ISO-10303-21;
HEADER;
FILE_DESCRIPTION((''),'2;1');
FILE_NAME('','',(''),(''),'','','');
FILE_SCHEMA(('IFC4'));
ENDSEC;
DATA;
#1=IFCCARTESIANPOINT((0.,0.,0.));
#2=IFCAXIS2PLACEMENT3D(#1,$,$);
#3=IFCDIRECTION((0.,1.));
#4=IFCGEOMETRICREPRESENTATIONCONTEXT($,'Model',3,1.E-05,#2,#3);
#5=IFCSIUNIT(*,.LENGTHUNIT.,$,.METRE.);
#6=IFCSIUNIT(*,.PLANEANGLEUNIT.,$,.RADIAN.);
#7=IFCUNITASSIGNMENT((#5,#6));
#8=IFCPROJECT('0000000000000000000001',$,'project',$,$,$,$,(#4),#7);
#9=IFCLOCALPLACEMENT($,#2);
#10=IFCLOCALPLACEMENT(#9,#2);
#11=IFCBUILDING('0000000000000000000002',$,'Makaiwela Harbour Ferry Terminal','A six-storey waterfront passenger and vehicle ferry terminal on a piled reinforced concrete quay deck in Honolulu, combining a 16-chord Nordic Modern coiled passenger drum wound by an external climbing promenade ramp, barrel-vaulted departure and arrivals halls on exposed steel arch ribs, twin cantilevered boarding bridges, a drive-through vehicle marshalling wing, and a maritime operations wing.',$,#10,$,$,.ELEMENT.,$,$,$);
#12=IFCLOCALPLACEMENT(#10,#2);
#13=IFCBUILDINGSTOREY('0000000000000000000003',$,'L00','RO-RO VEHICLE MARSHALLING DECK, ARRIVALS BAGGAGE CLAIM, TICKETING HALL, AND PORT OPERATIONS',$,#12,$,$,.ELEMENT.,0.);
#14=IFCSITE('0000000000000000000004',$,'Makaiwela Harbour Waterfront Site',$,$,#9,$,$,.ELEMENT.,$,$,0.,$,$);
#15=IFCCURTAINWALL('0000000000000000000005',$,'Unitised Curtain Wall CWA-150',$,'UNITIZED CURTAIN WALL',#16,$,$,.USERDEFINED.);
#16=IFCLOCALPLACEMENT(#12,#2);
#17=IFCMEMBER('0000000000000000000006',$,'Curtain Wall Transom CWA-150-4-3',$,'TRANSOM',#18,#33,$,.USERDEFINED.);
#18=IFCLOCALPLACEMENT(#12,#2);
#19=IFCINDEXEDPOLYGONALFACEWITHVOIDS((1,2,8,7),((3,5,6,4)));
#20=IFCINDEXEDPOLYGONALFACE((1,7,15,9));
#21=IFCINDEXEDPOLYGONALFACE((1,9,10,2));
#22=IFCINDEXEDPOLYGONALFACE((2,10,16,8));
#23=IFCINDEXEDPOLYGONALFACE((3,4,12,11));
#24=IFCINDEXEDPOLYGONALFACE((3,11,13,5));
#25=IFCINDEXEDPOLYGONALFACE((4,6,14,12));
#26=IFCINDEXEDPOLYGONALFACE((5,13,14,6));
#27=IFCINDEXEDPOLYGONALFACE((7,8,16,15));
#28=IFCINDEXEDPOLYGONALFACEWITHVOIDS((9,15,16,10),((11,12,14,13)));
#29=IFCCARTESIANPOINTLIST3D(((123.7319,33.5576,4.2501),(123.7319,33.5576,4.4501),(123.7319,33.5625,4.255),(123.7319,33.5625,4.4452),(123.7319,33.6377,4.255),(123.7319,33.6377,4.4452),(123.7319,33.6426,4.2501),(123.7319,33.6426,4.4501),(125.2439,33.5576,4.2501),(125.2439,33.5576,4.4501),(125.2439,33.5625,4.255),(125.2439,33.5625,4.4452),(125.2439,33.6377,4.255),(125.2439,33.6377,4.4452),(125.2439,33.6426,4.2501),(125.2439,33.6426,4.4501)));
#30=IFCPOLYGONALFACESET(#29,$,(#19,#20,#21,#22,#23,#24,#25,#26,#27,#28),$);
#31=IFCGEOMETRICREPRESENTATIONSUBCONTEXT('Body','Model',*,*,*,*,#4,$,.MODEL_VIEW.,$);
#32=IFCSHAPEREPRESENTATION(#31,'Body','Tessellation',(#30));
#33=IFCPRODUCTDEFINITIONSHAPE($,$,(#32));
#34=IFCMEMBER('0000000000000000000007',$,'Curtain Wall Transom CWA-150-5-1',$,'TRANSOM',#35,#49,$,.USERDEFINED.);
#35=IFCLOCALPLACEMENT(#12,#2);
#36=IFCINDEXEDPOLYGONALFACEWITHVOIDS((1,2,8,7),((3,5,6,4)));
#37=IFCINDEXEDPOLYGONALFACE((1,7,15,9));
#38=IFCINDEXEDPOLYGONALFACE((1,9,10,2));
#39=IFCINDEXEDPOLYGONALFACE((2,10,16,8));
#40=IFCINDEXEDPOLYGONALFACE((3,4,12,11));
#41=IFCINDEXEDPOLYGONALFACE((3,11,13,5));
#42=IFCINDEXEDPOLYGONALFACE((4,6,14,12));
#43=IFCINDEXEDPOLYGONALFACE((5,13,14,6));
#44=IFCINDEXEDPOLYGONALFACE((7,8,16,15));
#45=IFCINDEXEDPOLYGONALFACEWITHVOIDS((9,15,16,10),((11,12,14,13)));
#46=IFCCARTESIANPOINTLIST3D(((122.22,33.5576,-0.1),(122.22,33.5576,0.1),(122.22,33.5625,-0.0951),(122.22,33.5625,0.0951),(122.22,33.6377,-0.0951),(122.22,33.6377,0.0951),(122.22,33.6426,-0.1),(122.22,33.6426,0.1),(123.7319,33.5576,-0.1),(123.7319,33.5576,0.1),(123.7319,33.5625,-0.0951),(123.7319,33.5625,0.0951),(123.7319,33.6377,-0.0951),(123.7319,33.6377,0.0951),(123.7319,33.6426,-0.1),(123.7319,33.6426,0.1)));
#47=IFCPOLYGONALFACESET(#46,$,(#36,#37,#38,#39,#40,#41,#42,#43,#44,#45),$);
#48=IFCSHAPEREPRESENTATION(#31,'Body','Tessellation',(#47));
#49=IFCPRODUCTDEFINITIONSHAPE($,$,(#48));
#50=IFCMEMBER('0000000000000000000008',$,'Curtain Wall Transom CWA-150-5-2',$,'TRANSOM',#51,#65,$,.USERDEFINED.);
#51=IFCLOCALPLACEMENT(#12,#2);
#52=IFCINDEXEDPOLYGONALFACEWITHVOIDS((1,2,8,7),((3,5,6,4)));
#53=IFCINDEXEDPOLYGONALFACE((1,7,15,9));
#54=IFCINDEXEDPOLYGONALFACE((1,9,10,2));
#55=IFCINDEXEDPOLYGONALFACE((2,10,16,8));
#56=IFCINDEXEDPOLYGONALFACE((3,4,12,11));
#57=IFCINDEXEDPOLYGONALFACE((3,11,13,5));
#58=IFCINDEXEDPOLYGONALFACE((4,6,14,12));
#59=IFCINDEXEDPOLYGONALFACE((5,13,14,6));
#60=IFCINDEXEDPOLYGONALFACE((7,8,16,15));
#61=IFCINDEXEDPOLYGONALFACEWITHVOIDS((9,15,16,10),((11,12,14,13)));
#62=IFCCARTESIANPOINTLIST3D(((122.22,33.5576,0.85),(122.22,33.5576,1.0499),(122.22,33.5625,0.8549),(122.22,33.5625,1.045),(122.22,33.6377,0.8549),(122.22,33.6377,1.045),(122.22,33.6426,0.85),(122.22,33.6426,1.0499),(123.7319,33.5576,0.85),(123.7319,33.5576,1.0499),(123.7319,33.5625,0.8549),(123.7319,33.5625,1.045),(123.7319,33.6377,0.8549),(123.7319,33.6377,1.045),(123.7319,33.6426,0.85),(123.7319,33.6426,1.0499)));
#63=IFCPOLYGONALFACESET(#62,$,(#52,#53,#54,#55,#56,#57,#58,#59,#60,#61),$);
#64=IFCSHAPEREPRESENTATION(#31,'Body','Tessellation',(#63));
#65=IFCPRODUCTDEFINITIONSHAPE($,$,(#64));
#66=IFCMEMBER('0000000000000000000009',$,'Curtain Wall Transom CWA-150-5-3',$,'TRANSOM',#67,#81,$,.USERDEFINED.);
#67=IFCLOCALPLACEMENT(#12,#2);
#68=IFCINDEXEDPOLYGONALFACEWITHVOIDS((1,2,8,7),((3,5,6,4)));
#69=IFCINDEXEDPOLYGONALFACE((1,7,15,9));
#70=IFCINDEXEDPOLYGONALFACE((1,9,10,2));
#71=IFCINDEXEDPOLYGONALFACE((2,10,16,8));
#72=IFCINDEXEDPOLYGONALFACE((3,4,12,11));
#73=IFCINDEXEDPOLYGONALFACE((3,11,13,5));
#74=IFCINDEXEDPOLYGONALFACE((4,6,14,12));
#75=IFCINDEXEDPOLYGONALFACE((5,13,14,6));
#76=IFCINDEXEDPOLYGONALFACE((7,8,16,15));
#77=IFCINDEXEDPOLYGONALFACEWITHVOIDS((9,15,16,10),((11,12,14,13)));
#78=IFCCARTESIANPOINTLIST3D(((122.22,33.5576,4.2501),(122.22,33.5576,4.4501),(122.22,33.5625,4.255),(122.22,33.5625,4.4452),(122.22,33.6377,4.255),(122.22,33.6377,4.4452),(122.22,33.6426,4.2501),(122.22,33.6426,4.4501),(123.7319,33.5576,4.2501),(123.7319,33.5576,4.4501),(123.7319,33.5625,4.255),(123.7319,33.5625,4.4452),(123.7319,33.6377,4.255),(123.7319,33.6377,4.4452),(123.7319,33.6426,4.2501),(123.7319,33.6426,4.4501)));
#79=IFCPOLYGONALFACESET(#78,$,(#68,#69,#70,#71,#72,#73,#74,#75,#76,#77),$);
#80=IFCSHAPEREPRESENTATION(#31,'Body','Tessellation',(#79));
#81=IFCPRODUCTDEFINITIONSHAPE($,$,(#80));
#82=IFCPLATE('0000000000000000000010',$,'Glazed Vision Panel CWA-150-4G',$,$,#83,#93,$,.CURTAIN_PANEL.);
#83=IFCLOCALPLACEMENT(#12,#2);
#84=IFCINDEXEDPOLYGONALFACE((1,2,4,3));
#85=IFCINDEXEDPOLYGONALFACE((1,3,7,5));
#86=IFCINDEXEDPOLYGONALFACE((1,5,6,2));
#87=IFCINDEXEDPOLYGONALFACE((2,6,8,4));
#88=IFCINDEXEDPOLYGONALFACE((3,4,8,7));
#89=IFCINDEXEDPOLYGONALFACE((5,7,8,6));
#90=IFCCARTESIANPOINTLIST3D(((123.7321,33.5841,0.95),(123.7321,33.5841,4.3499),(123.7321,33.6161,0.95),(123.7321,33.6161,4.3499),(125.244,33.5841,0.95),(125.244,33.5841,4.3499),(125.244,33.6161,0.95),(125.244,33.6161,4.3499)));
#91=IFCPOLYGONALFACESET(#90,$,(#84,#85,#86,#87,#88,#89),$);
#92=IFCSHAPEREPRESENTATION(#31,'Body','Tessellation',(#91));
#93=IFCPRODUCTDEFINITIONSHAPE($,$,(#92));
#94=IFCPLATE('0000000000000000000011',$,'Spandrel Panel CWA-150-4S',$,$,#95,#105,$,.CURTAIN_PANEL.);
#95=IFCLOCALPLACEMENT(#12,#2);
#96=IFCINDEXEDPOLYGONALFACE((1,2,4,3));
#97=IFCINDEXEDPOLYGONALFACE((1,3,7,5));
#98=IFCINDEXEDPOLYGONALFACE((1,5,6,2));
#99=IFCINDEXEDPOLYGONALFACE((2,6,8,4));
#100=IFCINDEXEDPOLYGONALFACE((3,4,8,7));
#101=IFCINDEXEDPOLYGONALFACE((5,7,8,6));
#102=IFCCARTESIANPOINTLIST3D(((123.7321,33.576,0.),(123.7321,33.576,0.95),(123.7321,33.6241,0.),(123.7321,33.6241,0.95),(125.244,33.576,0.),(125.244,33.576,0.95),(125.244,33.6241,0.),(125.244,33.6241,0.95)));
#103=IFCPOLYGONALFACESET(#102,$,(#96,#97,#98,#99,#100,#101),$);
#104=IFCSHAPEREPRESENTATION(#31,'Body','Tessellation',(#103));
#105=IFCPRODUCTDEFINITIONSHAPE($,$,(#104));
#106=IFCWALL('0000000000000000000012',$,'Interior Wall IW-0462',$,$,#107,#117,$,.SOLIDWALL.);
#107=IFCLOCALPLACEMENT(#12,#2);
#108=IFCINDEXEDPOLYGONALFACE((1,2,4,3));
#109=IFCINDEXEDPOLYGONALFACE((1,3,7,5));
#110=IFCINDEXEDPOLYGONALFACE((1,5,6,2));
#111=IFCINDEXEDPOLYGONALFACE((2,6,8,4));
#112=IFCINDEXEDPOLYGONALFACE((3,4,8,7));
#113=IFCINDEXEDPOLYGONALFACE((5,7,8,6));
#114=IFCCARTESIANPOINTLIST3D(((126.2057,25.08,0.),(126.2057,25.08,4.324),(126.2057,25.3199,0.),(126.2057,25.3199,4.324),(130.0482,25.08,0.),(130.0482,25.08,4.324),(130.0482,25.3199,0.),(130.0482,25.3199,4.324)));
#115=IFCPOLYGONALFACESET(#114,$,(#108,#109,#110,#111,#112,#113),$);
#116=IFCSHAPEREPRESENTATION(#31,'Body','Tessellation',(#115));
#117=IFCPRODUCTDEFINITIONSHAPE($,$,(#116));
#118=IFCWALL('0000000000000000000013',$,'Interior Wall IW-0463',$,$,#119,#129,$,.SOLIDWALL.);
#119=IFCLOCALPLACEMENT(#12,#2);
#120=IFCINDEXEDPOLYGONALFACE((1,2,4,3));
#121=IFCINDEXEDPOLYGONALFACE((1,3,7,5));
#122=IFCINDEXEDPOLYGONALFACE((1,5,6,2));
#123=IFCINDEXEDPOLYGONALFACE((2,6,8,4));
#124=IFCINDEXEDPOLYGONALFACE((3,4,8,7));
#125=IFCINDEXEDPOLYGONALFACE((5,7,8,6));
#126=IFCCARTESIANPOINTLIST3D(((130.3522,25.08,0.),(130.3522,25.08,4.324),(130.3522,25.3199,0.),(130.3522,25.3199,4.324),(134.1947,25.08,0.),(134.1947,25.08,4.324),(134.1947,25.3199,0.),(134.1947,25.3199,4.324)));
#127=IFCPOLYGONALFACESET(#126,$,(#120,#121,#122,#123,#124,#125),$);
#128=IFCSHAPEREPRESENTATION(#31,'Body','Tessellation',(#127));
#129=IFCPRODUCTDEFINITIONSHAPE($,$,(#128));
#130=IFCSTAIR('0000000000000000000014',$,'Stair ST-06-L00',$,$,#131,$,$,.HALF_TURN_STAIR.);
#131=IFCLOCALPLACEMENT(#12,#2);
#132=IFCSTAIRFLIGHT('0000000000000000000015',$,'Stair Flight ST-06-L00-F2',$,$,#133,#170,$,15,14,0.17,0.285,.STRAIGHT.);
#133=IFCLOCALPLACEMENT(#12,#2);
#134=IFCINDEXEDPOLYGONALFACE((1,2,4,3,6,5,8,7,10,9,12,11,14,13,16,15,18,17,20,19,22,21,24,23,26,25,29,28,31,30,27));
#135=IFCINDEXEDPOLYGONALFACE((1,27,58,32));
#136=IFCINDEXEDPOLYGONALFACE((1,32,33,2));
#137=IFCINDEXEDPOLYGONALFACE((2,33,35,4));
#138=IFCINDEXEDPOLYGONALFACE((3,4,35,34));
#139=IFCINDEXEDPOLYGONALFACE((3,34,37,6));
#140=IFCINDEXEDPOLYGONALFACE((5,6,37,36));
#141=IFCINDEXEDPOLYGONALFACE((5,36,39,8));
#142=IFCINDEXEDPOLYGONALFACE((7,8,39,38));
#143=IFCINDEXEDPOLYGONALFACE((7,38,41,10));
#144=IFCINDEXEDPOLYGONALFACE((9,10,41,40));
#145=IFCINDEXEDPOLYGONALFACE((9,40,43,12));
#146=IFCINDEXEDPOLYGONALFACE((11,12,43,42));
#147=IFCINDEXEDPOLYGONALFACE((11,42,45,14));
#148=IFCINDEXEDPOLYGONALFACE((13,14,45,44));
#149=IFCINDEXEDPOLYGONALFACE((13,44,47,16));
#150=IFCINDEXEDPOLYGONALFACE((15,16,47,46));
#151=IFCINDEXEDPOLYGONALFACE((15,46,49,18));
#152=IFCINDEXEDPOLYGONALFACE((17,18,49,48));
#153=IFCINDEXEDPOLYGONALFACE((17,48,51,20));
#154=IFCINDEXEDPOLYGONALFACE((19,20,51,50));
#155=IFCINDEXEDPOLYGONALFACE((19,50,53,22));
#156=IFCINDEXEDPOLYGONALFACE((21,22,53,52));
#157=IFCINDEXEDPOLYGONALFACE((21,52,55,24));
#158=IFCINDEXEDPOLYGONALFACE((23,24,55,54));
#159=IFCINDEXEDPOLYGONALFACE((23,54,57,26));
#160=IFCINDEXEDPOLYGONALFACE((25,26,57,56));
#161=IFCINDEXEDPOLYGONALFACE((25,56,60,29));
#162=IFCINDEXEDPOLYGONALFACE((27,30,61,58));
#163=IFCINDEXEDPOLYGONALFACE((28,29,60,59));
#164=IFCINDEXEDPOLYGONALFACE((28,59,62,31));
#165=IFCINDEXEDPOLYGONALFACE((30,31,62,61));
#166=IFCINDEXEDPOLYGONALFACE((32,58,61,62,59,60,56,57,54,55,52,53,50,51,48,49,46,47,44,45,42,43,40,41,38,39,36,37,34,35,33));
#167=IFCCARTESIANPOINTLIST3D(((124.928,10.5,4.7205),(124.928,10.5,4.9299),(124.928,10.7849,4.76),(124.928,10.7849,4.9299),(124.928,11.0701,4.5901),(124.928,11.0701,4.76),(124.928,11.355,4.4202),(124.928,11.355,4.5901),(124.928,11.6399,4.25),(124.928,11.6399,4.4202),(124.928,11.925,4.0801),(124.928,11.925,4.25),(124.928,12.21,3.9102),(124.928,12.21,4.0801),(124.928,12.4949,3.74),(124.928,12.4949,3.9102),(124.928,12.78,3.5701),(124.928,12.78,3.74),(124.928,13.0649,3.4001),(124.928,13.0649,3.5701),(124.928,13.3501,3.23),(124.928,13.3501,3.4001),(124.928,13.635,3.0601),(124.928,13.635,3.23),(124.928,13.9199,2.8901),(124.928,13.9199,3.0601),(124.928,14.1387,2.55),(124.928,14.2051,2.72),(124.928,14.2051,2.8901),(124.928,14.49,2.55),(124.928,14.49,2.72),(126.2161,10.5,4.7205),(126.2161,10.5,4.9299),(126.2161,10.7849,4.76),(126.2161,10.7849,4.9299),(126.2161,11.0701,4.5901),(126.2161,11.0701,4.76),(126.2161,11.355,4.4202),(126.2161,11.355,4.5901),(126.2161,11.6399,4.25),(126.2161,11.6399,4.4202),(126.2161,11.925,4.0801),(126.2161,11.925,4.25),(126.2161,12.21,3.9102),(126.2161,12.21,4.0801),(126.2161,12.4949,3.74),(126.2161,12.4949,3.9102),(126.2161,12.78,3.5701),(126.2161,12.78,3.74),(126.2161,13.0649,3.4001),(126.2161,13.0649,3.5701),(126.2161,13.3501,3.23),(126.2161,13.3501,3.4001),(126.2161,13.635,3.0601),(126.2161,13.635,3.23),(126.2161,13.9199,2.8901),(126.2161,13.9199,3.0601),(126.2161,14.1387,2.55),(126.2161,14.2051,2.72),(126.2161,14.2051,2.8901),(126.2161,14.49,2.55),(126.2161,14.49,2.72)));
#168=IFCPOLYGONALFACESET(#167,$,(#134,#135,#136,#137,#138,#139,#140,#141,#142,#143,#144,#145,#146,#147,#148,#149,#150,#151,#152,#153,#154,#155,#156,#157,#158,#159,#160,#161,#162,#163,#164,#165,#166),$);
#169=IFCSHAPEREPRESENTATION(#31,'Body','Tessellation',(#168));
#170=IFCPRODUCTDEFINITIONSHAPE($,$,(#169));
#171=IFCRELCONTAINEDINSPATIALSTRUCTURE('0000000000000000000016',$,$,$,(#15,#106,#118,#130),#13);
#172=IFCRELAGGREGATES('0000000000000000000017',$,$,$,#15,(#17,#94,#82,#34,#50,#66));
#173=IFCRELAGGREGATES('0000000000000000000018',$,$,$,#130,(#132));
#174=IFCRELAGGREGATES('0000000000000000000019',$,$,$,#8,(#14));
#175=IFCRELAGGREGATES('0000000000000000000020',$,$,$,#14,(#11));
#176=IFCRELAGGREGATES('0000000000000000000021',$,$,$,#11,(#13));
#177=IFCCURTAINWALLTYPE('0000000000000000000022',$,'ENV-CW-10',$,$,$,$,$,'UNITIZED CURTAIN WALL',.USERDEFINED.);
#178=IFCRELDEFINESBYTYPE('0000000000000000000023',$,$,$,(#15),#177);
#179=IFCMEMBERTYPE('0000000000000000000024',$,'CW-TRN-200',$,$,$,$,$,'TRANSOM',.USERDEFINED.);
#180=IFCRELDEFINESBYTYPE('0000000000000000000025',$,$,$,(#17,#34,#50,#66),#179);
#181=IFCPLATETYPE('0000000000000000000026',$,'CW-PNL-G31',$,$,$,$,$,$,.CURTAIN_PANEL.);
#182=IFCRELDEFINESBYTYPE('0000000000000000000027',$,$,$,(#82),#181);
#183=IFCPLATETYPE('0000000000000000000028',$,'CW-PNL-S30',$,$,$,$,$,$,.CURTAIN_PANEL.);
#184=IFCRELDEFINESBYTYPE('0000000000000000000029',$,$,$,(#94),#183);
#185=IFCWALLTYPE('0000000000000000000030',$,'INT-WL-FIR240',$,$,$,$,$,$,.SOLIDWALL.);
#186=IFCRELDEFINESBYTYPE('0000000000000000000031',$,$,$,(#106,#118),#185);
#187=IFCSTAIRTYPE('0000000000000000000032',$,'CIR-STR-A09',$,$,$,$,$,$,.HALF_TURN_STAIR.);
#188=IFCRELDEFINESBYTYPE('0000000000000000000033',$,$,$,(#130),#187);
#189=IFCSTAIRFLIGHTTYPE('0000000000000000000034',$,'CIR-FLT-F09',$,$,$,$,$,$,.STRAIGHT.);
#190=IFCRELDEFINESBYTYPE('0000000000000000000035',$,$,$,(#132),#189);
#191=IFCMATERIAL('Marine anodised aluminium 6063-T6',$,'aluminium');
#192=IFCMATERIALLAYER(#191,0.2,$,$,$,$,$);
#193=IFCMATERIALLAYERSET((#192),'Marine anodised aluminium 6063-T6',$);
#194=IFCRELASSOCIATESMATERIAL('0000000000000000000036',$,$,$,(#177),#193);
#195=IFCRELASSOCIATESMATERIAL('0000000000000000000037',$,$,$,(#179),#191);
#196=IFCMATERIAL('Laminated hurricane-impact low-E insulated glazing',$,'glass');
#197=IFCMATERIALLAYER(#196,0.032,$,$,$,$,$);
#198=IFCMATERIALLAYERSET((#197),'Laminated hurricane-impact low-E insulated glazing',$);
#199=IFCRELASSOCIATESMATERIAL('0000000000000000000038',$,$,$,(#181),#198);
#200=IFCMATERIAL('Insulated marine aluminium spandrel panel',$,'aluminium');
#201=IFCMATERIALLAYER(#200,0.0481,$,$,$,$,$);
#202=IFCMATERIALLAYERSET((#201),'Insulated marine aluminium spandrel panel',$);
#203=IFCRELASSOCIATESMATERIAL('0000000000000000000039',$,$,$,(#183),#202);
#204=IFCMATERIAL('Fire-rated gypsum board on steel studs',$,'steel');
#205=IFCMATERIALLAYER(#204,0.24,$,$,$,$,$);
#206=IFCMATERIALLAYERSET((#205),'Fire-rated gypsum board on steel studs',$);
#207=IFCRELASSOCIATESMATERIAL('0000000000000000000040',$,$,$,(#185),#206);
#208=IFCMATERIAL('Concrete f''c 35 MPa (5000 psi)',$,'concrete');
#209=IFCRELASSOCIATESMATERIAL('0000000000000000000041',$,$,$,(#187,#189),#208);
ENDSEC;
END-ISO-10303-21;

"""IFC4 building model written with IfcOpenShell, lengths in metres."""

from ifc_helpers import new_model, si_unit, direction, frame, frame_2d, origin, origin_2d, place, context, subcontext, project, spatial, polyline, rectangle, hollow_rectangle, outline, extrude, material, layer, layer_set, material_profile, profile_set, type_object, element, aggregate, save


model = new_model("IFC4")

# Units and contexts
model_context = context("Model", 3, precision=1e-05, world=origin(), true_north=direction((0.0, 1.0)))
body_context = subcontext(model_context, "Body", "Model", "MODEL_VIEW")
ifc_project = project(units=[si_unit("LENGTHUNIT", "METRE"), si_unit("PLANEANGLEUNIT", "RADIAN")], contexts=[model_context])

# Site, building, storey
site_placement = place(None, origin())
site = spatial("IfcSite", under=ifc_project, at=site_placement, Name="Makaiwela Harbour Waterfront Site", CompositionType="ELEMENT", RefElevation=0.0)
building_placement = place(site_placement, origin())
building = spatial("IfcBuilding", under=site, at=building_placement, Name="Makaiwela Harbour Ferry Terminal", Description="A six-storey waterfront passenger and vehicle ferry terminal on a piled reinforced concrete quay deck in Honolulu, combining a 16-chord Nordic Modern coiled passenger drum wound by an external climbing promenade ramp, barrel-vaulted departure and arrivals halls on exposed steel arch ribs, twin cantilevered boarding bridges, a drive-through vehicle marshalling wing, and a maritime operations wing.", CompositionType="ELEMENT")
storey_placement = place(building_placement, origin())
storey = spatial("IfcBuildingStorey", under=building, at=storey_placement, Name="L00", Description="RO-RO VEHICLE MARSHALLING DECK, ARRIVALS BAGGAGE CLAIM, TICKETING HALL, AND PORT OPERATIONS", CompositionType="ELEMENT", Elevation=0.0)

# Curtain wall, members, plates
ifc_material_1 = material(Name="Marine anodised aluminium 6063-T6", Category="aluminium")
ifc_layer_1 = layer(ifc_material_1, 0.2)
ifc_layer_set_1 = layer_set([ifc_layer_1], Name="Marine anodised aluminium 6063-T6")
curtain_wall_type = type_object("IfcCurtainWallType", Name="ENV-CW-10", ElementType="UNITIZED CURTAIN WALL", PredefinedType="USERDEFINED", material=ifc_layer_set_1)
curtain_wall_placement = place(storey_placement, origin())
curtain_wall = element("IfcCurtainWall", 1, at=curtain_wall_placement, inside=storey, type_object=curtain_wall_type, Name="Unitised Curtain Wall CWA-150", ObjectType="UNITIZED CURTAIN WALL", PredefinedType="USERDEFINED")
ifc_material_profile_1 = material_profile(ifc_material_1, hollow_rectangle(XDim=0.085, YDim=0.2, WallThickness=0.0049, at=origin_2d()), Name="CWT-200X85")
ifc_profile_set_1 = profile_set([ifc_material_profile_1], Name="Marine anodised aluminium 6063-T6")
member_type_1 = type_object("IfcMemberType", Name="CW-TRN-200", ElementType="TRANSOM", PredefinedType="USERDEFINED", material=ifc_profile_set_1)
member_1_placement = place(storey_placement, frame((125.2439, 33.6001, 4.3501), z_axis=(-1.0, 0.0, 0.0), x_axis=(0.0, -1.0, 0.0)))
member_1 = element("IfcMember", 2, at=member_1_placement, type_object=member_type_1, Name="Curtain Wall Transom CWA-150-4-3", ObjectType="TRANSOM", PredefinedType="USERDEFINED", context=body_context, shape_type="SweptSolid", body=[
    extrude(hollow_rectangle(XDim=0.085, YDim=0.2, WallThickness=0.0049, at=origin_2d()), origin(), (0.0, 0.0, 1.0), 1.512),
])
member_2_placement = place(storey_placement, frame((123.7319, 33.6001, 0.0), z_axis=(-1.0, 0.0, 0.0), x_axis=(0.0, -1.0, 0.0)))
member_2 = element("IfcMember", 3, at=member_2_placement, type_object=member_type_1, Name="Curtain Wall Transom CWA-150-5-1", ObjectType="TRANSOM", PredefinedType="USERDEFINED", context=body_context, shape_type="SweptSolid", body=[
    extrude(hollow_rectangle(XDim=0.085, YDim=0.2, WallThickness=0.0049, at=origin_2d()), origin(), (0.0, 0.0, 1.0), 1.512),
])
member_3_placement = place(storey_placement, frame((123.7319, 33.6001, 0.95), z_axis=(-1.0, 0.0, 0.0), x_axis=(0.0, -1.0, 0.0)))
member_3 = element("IfcMember", 4, at=member_3_placement, type_object=member_type_1, Name="Curtain Wall Transom CWA-150-5-2", ObjectType="TRANSOM", PredefinedType="USERDEFINED", context=body_context, shape_type="SweptSolid", body=[
    extrude(hollow_rectangle(XDim=0.085, YDim=0.2, WallThickness=0.0049, at=origin_2d()), origin(), (0.0, 0.0, 1.0), 1.512),
])
member_4_placement = place(storey_placement, frame((123.7319, 33.6001, 4.3501), z_axis=(-1.0, 0.0, 0.0), x_axis=(0.0, -1.0, 0.0)))
member_4 = element("IfcMember", 5, at=member_4_placement, type_object=member_type_1, Name="Curtain Wall Transom CWA-150-5-3", ObjectType="TRANSOM", PredefinedType="USERDEFINED", context=body_context, shape_type="SweptSolid", body=[
    extrude(hollow_rectangle(XDim=0.085, YDim=0.2, WallThickness=0.0049, at=origin_2d()), origin(), (0.0, 0.0, 1.0), 1.512),
])
ifc_material_2 = material(Name="Laminated hurricane-impact low-E insulated glazing", Category="glass")
ifc_layer_2 = layer(ifc_material_2, 0.032)
ifc_layer_set_2 = layer_set([ifc_layer_2], Name="Laminated hurricane-impact low-E insulated glazing")
plate_type_1 = type_object("IfcPlateType", Name="CW-PNL-G31", PredefinedType="CURTAIN_PANEL", material=ifc_layer_set_2)
plate_1_placement = place(storey_placement, frame((124.488, 33.6001, 0.95), z_axis=(0.0, 0.0, 1.0), x_axis=(-1.0, 0.0, 0.0)))
plate_1 = element("IfcPlate", 6, at=plate_1_placement, type_object=plate_type_1, Name="Glazed Vision Panel CWA-150-4G", PredefinedType="CURTAIN_PANEL", context=body_context, shape_type="SweptSolid", body=[
    extrude(rectangle(XDim=1.512, YDim=0.032, at=origin_2d()), origin(), (0.0, 0.0, 1.0), 3.3999),
])
ifc_material_3 = material(Name="Insulated marine aluminium spandrel panel", Category="aluminium")
ifc_layer_3 = layer(ifc_material_3, 0.0481)
ifc_layer_set_3 = layer_set([ifc_layer_3], Name="Insulated marine aluminium spandrel panel")
plate_type_2 = type_object("IfcPlateType", Name="CW-PNL-S30", PredefinedType="CURTAIN_PANEL", material=ifc_layer_set_3)
plate_2_placement = place(storey_placement, frame((124.488, 33.6001, 0.0), z_axis=(0.0, 0.0, 1.0), x_axis=(-1.0, 0.0, 0.0)))
plate_2 = element("IfcPlate", 7, at=plate_2_placement, type_object=plate_type_2, Name="Spandrel Panel CWA-150-4S", PredefinedType="CURTAIN_PANEL", context=body_context, shape_type="SweptSolid", body=[
    extrude(rectangle(XDim=1.512, YDim=0.0481, at=origin_2d()), origin(), (0.0, 0.0, 1.0), 0.95),
])
aggregate(curtain_wall, [member_1, plate_2, plate_1, member_2, member_3, member_4])

# Walls
ifc_material_4 = material(Name="Fire-rated gypsum board on steel studs", Category="steel")
ifc_layer_4 = layer(ifc_material_4, 0.24)
ifc_layer_set_4 = layer_set([ifc_layer_4], Name="Fire-rated gypsum board on steel studs")
wall_type = type_object("IfcWallType", Name="INT-WL-FIR240", PredefinedType="SOLIDWALL", material=ifc_layer_set_4)
for number, where, z_axis, x_axis, name in (
    (8, (126.2056, 25.2, 0.0), (0.0, 0.0, 1.0), (1.0, 0.0, 0.0), "Interior Wall IW-0462"),
    (9, (130.3521, 25.2, 0.0), (0.0, 0.0, 1.0), (1.0, 0.0, 0.0), "Interior Wall IW-0463"),
):
    element("IfcWall", number, at=place(storey_placement, frame(where, z_axis=z_axis, x_axis=x_axis)), inside=storey, type_object=wall_type, Name=name, PredefinedType="SOLIDWALL", context=body_context, shape_type="SweptSolid", body=[
        extrude(rectangle(XDim=3.8425, YDim=0.24, at=frame_2d((1.9214, 0.0))), origin(), (0.0, 0.0, 1.0), 4.324),
    ])

# Stair, stair flight
ifc_material_5 = material(Name="Concrete f'c 35 MPa (5000 psi)", Category="concrete")
stair_type = type_object("IfcStairType", Name="CIR-STR-A09", PredefinedType="HALF_TURN_STAIR", material=ifc_material_5)
stair_placement = place(storey_placement, origin())
stair = element("IfcStair", 10, at=stair_placement, inside=storey, type_object=stair_type, Name="Stair ST-06-L00", PredefinedType="HALF_TURN_STAIR")
stair_flight_type = type_object("IfcStairFlightType", Name="CIR-FLT-F09", PredefinedType="STRAIGHT", material=ifc_material_5)
stair_flight_placement = place(storey_placement, frame((125.572, 14.49, 2.55), z_axis=(0.0, 0.0, 1.0), x_axis=(0.0, -1.0, 0.0)))
stair_flight = element("IfcStairFlight", 11, at=stair_flight_placement, type_object=stair_flight_type, Name="Stair Flight ST-06-L00-F2", NumberOfRisers=15, NumberOfTreads=14, PredefinedType="STRAIGHT", RiserHeight=0.17, TreadLength=0.285, context=body_context, shape_type="SweptSolid", body=[
    extrude(outline(polyline([(0.0, 0.0), (0.0, 0.1699), (0.2849, 0.1699), (0.2849, 0.3401), (0.5701, 0.3401), (0.5701, 0.51), (0.855, 0.51), (0.855, 0.6799), (1.1399, 0.6799), (1.1399, 0.8501), (1.425, 0.8501), (1.425, 1.02), (1.71, 1.02), (1.71, 1.1899), (1.9951, 1.1899), (1.9951, 1.3601), (2.28, 1.3601), (2.28, 1.53), (2.5649, 1.53), (2.5649, 1.7), (2.8501, 1.7), (2.8501, 1.8701), (3.135, 1.8701), (3.135, 2.04), (3.4199, 2.04), (3.4199, 2.21), (3.7051, 2.21), (3.7051, 2.3799), (3.99, 2.3799), (3.99, 2.55), (3.99, 2.1704), (0.3513, 0.0), (0.0, 0.0)])), frame((0.0, 0.644, 0.0), z_axis=(0.0, -1.0, 0.0), x_axis=(1.0, 0.0, 0.0)), (0.0, 0.0, 1.0), 1.2881),
])
aggregate(stair, [stair_flight])

save(model, "model.ifc")
